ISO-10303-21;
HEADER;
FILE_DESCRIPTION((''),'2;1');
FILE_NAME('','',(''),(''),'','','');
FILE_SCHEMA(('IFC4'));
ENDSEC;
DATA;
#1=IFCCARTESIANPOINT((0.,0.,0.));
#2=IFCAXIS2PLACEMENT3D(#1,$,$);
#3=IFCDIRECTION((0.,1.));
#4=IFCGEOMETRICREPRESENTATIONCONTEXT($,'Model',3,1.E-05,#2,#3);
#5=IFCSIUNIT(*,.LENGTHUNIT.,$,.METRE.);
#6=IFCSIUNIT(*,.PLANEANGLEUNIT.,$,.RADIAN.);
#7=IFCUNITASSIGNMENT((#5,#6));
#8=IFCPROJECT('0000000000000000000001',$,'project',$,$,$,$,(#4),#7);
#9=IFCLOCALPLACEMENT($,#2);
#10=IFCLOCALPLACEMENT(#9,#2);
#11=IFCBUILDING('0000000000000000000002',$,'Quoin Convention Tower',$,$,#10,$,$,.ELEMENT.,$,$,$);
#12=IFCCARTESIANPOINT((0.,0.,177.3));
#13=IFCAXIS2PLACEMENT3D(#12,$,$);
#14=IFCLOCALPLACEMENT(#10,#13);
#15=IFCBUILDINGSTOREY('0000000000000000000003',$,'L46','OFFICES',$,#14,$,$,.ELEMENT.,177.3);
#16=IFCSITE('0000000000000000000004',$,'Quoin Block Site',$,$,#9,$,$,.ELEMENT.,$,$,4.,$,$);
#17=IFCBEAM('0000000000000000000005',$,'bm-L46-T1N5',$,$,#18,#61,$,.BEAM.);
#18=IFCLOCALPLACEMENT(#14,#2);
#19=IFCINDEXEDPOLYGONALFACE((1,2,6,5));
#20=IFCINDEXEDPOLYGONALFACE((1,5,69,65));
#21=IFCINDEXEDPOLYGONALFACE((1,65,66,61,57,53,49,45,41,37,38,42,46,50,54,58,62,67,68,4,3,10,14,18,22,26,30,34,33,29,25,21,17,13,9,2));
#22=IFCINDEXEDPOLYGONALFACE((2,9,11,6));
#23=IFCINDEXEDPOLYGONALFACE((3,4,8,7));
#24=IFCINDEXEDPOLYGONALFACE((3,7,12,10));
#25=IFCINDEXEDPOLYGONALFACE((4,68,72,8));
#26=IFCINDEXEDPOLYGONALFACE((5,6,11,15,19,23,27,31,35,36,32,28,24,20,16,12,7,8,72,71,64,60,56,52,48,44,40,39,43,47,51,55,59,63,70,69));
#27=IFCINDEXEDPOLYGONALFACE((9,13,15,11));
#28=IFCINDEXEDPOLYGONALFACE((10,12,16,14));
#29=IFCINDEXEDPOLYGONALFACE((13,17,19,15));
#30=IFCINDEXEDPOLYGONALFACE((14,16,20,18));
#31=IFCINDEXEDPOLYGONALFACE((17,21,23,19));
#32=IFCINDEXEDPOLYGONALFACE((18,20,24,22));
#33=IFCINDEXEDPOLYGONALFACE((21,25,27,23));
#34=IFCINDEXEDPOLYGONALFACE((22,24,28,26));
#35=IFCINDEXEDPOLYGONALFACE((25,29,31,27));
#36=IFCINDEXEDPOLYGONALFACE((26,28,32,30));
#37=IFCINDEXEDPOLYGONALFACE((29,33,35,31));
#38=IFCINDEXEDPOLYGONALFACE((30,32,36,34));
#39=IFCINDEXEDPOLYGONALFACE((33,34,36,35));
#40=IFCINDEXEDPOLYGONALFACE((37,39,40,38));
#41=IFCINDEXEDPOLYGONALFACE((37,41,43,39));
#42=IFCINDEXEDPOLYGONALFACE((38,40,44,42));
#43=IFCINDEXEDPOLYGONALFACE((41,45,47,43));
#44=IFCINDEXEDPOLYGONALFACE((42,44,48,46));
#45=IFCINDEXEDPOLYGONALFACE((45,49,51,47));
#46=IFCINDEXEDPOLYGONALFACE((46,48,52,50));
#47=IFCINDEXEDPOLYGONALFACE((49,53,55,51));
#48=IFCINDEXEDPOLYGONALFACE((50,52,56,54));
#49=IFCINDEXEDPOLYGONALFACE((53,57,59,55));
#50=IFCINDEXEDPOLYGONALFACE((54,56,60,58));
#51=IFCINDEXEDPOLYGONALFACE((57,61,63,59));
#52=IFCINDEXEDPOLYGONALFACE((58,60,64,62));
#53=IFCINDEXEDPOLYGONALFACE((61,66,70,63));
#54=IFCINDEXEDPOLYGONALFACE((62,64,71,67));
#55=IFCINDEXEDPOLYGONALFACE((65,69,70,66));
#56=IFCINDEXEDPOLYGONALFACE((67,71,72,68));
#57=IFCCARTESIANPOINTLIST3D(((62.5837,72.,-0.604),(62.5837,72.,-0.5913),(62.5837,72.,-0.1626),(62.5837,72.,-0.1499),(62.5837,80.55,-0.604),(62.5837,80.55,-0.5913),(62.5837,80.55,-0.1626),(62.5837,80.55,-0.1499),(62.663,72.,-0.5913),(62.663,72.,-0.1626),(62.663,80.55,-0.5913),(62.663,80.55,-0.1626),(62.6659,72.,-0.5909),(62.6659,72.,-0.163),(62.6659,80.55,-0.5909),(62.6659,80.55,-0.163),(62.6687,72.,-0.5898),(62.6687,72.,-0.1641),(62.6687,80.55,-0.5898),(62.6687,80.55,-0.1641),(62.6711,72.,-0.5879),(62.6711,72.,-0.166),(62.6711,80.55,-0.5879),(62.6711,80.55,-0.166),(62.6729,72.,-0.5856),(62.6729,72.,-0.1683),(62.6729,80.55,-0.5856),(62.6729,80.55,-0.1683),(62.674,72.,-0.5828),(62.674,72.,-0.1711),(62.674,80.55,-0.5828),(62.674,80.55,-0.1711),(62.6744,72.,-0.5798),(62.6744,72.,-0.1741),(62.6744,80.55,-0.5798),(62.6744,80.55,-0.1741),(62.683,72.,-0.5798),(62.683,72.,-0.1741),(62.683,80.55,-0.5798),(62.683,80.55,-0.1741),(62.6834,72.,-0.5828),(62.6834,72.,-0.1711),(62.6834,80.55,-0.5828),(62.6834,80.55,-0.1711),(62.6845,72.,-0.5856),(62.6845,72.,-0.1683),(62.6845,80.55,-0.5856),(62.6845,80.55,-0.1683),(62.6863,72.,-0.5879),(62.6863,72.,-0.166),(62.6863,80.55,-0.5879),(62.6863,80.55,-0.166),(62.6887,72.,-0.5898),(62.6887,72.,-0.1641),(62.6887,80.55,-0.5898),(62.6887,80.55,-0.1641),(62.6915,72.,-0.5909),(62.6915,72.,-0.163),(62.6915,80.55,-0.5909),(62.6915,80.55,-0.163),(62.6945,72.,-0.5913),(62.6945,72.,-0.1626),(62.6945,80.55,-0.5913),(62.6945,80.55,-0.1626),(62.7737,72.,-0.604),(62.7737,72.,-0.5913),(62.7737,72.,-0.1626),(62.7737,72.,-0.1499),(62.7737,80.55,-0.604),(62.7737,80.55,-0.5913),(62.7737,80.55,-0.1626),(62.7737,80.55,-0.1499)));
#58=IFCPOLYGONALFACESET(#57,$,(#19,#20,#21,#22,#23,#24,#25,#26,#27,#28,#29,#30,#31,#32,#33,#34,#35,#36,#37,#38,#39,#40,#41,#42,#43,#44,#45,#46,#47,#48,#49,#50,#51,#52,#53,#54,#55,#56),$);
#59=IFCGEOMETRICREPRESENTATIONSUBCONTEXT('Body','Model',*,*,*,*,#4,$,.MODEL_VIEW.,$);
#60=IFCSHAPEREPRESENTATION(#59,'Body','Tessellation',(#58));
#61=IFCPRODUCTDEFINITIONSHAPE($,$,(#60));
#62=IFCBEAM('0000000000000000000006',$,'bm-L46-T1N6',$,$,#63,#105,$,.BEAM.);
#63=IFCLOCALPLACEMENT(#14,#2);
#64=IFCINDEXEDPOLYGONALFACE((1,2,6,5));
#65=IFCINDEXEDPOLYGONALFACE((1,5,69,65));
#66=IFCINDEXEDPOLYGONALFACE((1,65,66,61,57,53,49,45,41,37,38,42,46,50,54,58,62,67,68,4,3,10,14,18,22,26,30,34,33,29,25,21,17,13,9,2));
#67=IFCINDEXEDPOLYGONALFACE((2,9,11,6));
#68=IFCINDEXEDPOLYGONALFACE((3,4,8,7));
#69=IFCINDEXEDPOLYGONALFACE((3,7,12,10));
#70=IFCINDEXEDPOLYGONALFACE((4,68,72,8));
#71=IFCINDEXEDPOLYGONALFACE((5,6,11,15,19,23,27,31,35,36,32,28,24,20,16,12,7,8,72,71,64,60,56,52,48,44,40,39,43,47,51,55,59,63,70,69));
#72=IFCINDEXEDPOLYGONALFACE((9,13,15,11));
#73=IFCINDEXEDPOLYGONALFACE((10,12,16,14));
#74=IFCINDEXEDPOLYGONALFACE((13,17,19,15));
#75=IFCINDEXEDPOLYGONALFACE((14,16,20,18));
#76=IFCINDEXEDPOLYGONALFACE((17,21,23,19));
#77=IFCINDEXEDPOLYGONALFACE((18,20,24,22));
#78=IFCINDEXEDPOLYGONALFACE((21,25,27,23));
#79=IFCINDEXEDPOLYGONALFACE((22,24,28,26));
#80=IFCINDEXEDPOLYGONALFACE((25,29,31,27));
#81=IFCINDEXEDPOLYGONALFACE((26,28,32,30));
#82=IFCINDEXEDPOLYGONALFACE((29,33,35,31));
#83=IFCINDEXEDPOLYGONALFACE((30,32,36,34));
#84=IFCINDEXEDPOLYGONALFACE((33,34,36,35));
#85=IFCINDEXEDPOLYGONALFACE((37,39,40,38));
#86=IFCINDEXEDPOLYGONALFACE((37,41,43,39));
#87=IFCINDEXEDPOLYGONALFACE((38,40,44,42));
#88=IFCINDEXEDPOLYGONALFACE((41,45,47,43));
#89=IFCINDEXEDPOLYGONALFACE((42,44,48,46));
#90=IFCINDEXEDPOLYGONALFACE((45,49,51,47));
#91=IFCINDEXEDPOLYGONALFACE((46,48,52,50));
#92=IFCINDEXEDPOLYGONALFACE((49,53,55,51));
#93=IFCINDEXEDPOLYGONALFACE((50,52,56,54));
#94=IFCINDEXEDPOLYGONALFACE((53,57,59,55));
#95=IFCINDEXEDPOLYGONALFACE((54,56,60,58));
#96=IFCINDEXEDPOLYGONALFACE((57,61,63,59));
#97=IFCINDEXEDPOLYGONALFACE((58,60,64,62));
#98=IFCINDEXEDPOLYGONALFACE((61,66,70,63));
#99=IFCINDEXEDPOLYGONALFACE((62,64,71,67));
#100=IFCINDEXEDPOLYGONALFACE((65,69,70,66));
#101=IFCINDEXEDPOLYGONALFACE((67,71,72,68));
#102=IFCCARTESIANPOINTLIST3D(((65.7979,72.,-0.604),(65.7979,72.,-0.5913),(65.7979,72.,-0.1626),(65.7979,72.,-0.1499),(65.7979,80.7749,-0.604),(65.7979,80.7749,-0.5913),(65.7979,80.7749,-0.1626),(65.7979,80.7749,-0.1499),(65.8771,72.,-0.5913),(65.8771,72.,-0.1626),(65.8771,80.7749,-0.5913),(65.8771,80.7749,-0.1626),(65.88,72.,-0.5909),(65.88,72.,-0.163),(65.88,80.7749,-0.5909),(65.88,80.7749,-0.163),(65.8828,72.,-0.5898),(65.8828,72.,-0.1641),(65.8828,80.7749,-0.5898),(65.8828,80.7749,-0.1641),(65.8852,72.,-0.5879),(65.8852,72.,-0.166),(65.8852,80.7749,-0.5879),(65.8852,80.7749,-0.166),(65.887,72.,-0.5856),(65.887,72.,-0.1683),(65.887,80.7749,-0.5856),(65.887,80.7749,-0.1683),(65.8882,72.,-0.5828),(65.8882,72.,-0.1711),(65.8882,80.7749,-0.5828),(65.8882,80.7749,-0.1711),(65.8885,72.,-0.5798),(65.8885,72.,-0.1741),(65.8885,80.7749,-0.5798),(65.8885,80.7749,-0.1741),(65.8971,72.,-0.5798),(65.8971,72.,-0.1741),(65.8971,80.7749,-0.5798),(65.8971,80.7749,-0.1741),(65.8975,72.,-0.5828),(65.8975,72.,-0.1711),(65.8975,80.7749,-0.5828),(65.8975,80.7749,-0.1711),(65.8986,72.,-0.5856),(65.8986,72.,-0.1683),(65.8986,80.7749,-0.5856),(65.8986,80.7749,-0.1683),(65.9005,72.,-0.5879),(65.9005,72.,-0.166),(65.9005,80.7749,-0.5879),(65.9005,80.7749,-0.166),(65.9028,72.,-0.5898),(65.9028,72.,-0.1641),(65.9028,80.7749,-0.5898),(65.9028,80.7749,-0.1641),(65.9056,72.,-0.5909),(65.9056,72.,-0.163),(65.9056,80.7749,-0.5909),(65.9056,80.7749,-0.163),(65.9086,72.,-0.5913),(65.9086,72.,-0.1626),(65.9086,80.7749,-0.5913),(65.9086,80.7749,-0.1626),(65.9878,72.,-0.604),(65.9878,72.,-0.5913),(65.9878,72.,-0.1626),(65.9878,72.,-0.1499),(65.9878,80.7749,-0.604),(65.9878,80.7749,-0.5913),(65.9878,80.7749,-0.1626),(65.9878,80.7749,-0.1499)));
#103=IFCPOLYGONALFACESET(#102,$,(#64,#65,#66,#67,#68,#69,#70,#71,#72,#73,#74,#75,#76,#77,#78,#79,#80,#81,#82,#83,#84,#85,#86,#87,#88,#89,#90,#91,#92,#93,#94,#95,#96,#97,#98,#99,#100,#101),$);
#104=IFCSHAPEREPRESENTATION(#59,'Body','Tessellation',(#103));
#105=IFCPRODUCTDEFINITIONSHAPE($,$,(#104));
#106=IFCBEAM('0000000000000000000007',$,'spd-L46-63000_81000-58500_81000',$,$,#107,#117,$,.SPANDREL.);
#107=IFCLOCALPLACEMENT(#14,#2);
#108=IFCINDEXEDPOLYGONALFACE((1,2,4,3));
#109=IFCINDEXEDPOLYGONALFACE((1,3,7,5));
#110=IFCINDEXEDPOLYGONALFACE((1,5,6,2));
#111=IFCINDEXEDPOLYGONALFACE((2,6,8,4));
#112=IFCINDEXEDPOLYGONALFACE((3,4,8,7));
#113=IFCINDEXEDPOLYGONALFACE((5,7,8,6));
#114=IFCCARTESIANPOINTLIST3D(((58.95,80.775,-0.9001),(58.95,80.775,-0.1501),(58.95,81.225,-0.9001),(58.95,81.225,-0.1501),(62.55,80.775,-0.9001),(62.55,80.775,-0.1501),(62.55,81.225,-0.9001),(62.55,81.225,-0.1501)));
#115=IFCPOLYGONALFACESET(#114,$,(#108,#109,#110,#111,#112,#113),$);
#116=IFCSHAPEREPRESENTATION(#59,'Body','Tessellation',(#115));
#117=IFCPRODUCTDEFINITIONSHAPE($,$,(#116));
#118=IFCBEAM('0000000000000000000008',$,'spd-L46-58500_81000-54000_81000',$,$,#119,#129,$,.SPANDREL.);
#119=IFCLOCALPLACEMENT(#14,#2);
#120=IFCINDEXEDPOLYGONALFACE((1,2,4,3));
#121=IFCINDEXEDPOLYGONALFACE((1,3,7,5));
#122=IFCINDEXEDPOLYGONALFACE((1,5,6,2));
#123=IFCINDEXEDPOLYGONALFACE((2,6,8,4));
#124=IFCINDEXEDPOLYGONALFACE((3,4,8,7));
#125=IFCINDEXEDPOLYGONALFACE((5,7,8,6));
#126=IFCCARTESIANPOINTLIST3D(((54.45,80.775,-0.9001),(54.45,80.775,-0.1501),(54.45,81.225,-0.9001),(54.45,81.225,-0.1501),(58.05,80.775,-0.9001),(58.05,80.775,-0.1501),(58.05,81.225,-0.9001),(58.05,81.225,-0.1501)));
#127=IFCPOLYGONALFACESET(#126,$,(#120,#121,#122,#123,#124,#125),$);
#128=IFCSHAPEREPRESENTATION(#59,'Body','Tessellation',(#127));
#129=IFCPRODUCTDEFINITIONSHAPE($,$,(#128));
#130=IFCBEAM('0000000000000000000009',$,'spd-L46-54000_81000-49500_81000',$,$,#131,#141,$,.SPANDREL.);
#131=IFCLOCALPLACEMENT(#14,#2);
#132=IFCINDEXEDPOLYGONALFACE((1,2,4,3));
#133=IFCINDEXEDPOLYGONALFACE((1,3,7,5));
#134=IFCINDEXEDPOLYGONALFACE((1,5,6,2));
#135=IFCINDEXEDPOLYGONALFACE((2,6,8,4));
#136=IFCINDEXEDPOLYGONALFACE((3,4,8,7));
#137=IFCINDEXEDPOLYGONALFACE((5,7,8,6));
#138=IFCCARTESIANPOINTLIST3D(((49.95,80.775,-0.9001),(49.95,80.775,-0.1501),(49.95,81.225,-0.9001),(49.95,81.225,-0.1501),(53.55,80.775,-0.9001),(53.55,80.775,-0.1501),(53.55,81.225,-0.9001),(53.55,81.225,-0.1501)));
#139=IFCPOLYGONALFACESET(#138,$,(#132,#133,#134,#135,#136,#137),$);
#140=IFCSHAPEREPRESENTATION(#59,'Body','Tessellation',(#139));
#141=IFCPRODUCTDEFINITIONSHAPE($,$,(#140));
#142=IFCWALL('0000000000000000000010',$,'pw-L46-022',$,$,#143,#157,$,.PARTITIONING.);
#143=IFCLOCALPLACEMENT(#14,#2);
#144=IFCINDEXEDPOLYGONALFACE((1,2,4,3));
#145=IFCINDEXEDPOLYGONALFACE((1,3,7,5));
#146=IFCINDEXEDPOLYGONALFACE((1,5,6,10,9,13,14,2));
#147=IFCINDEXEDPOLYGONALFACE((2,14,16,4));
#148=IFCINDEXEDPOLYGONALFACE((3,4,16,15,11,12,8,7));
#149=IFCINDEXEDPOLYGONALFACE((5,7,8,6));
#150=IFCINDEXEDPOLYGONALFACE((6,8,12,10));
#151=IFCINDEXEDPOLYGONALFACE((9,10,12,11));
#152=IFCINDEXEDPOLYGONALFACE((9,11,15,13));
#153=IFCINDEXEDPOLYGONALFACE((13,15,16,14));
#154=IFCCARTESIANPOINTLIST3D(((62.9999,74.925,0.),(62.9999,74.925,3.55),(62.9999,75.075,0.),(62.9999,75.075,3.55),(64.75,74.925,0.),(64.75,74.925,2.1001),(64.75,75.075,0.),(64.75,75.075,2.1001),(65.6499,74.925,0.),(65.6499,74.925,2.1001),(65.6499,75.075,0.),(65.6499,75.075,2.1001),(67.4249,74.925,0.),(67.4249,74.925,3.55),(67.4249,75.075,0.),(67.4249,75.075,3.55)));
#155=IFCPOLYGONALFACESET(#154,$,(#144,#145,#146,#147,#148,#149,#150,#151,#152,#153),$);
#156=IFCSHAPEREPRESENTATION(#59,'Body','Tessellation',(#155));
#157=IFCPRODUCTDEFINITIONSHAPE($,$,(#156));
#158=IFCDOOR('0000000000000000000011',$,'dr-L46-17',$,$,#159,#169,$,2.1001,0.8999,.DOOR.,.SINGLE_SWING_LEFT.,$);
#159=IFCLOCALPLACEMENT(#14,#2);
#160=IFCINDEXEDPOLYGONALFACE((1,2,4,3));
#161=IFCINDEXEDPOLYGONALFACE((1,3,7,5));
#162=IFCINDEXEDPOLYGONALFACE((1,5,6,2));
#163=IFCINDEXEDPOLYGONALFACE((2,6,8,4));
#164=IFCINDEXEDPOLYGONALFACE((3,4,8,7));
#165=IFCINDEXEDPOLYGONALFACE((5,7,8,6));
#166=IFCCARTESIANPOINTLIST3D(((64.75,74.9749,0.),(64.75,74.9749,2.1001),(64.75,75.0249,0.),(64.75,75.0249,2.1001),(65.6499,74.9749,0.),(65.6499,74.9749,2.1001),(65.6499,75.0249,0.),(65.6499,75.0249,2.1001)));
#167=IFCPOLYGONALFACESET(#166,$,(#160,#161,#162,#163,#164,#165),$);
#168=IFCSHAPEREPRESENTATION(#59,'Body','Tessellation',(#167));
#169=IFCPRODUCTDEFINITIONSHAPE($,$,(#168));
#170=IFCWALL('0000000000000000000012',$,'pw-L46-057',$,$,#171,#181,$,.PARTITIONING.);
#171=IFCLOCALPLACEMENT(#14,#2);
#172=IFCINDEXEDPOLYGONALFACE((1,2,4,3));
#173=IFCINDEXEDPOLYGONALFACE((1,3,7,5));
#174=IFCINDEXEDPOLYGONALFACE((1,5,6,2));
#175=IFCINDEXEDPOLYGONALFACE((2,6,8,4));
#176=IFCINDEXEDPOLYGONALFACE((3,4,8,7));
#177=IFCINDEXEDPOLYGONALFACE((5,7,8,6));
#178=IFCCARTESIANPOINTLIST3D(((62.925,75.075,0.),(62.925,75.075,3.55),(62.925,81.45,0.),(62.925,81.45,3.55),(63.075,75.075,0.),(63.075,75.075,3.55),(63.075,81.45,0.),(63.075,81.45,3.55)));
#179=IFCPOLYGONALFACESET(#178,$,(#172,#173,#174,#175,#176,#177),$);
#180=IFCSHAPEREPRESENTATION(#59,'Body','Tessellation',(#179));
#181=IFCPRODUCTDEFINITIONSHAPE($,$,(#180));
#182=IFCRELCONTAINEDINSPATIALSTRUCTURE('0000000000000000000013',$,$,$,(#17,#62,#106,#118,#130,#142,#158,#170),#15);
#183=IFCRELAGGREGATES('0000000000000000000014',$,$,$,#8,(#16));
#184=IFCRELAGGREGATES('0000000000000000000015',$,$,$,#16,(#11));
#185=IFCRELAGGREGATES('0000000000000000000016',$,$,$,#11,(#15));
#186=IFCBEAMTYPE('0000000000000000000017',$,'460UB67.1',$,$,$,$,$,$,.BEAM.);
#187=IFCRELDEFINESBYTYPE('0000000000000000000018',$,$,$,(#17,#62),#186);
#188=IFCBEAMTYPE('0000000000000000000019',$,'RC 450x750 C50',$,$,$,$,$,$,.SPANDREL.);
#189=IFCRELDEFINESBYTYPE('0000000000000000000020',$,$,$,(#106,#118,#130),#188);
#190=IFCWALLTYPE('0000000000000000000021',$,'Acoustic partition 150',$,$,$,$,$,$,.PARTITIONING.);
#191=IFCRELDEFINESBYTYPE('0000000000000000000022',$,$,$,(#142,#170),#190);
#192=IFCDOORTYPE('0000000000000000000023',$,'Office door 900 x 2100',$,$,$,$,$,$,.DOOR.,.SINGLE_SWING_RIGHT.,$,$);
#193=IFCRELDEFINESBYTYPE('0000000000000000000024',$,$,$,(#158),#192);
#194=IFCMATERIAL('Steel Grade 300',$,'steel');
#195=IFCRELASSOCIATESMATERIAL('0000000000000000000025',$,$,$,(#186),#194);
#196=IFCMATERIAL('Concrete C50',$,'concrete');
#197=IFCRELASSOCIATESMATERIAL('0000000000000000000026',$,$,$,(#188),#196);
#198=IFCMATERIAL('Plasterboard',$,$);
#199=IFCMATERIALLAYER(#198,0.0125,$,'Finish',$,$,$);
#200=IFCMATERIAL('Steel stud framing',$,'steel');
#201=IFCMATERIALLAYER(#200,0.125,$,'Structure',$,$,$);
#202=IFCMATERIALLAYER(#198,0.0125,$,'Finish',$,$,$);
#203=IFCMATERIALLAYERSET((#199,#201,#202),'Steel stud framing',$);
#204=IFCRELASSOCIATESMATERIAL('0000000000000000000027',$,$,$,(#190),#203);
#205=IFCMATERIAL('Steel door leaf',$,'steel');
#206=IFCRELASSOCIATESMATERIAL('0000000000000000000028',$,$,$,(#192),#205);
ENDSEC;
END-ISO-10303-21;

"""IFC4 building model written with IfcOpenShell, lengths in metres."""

from ifc_helpers import new_model, si_unit, direction, frame, frame_2d, origin, origin_2d, place, context, subcontext, project, spatial, rectangle, i_section, extrude, material, layer, layer_set, material_profile, profile_set, type_object, element, fill, save


model = new_model("IFC4")

# Units and contexts
model_context = context("Model", 3, precision=1e-05, world=origin(), true_north=direction((0.0, 1.0)))
body_context = subcontext(model_context, "Body", "Model", "MODEL_VIEW")
ifc_project = project(units=[si_unit("LENGTHUNIT", "METRE"), si_unit("PLANEANGLEUNIT", "RADIAN")], contexts=[model_context])

# Site, building, storey
site_placement = place(None, origin())
site = spatial("IfcSite", under=ifc_project, at=site_placement, Name="Quoin Block Site", CompositionType="ELEMENT", RefElevation=4.0)
building_placement = place(site_placement, origin())
building = spatial("IfcBuilding", under=site, at=building_placement, Name="Quoin Convention Tower", CompositionType="ELEMENT")
storey_placement = place(building_placement, frame((0.0, 0.0, 177.3)))
storey = spatial("IfcBuildingStorey", under=building, at=storey_placement, Name="L46", Description="OFFICES", CompositionType="ELEMENT", Elevation=177.3)

# Shared definitions
ifc_material_1 = material(Name="Concrete C50", Category="concrete")

# Beams
ifc_material_2 = material(Name="Steel Grade 300", Category="steel")
ifc_material_profile_1 = material_profile(ifc_material_2, i_section(OverallWidth=0.1899, OverallDepth=0.4541, WebThickness=0.0085, FlangeThickness=0.0127, FilletRadius=0.0115, at=origin_2d()), Name="460UB67.1")
ifc_profile_set_1 = profile_set([ifc_material_profile_1], Name="Steel Grade 300")
beam_type_1 = type_object("IfcBeamType", Name="460UB67.1", PredefinedType="BEAM", material=ifc_profile_set_1)
beam_1_placement = place(storey_placement, frame((62.6787, 72.0, -0.377), z_axis=(0.0, 1.0, 0.0), x_axis=(-1.0, 0.0, 0.0)))
element("IfcBeam", 1, at=beam_1_placement, inside=storey, type_object=beam_type_1, Name="bm-L46-T1N5", PredefinedType="BEAM", context=body_context, shape_type="SweptSolid", body=[
    extrude(i_section(OverallWidth=0.1899, OverallDepth=0.4541, WebThickness=0.0085, FlangeThickness=0.0127, FilletRadius=0.0115, at=origin_2d()), origin(), (0.0, 0.0, 1.0), 8.55),
])
beam_2_placement = place(storey_placement, frame((65.8928, 72.0, -0.377), z_axis=(0.0, 1.0, 0.0), x_axis=(-1.0, 0.0, 0.0)))
element("IfcBeam", 2, at=beam_2_placement, inside=storey, type_object=beam_type_1, Name="bm-L46-T1N6", PredefinedType="BEAM", context=body_context, shape_type="SweptSolid", body=[
    extrude(i_section(OverallWidth=0.1899, OverallDepth=0.4541, WebThickness=0.0085, FlangeThickness=0.0127, FilletRadius=0.0115, at=origin_2d()), origin(), (0.0, 0.0, 1.0), 8.7749),
])
ifc_material_profile_2 = material_profile(ifc_material_1, rectangle(XDim=0.45, YDim=0.75, at=origin_2d()), Name="RC 450x750")
ifc_profile_set_2 = profile_set([ifc_material_profile_2], Name="Concrete C50")
beam_type_2 = type_object("IfcBeamType", Name="RC 450x750 C50", PredefinedType="SPANDREL", material=ifc_profile_set_2)
for number, where, z_axis, x_axis, name in (
    (3, (62.55, 81.0, -0.5251), (-1.0, 0.0, 0.0), (0.0, -1.0, 0.0), "spd-L46-63000_81000-58500_81000"),
    (4, (58.05, 81.0, -0.5251), (-1.0, 0.0, 0.0), (0.0, -1.0, 0.0), "spd-L46-58500_81000-54000_81000"),
    (5, (53.55, 81.0, -0.5251), (-1.0, 0.0, 0.0), (0.0, -1.0, 0.0), "spd-L46-54000_81000-49500_81000"),
):
    element("IfcBeam", number, at=place(storey_placement, frame(where, z_axis=z_axis, x_axis=x_axis)), inside=storey, type_object=beam_type_2, Name=name, PredefinedType="SPANDREL", context=body_context, shape_type="SweptSolid", body=[
        extrude(rectangle(XDim=0.45, YDim=0.75, at=origin_2d()), origin(), (0.0, 0.0, 1.0), 3.6001),
    ])

# Wall, opening, door
ifc_material_3 = material(Name="Plasterboard")
ifc_layer_1 = layer(ifc_material_3, 0.0125, Name="Finish")
ifc_material_4 = material(Name="Steel stud framing", Category="steel")
ifc_layer_2 = layer(ifc_material_4, 0.125, Name="Structure")
ifc_layer_3 = layer(ifc_material_3, 0.0125, Name="Finish")
ifc_layer_set_1 = layer_set([ifc_layer_1, ifc_layer_2, ifc_layer_3], Name="Steel stud framing")
wall_type_1 = type_object("IfcWallType", Name="Acoustic partition 150", PredefinedType="PARTITIONING", material=ifc_layer_set_1)
wall_1_placement = place(storey_placement, frame((63.0, 75.0, 0.0), z_axis=(0.0, 0.0, 1.0), x_axis=(1.0, 0.0, 0.0)))
wall_1 = element("IfcWall", 6, at=wall_1_placement, inside=storey, type_object=wall_type_1, Name="pw-L46-022", PredefinedType="PARTITIONING", context=body_context, shape_type="SweptSolid", body=[
    extrude(rectangle(XDim=4.425, YDim=0.1499, at=frame_2d((2.2124, 0.0))), origin(), (0.0, 0.0, 1.0), 3.55),
])
opening_placement = place(wall_1_placement, frame((1.75, 0.0, 0.0)))
opening = element("IfcOpeningElement", 7, at=opening_placement, cuts=wall_1, PredefinedType="OPENING", context=body_context, shape_type="SweptSolid", body=[
    extrude(rectangle(XDim=0.8999, YDim=2.1001, at=frame_2d((0.45, 1.05))), frame((0.0, 0.085, 0.0), z_axis=(0.0, -1.0, 0.0), x_axis=(1.0, 0.0, 0.0)), (0.0, 0.0, 1.0), 0.1699),
])
ifc_material_5 = material(Name="Steel door leaf", Category="steel")
door_type = type_object("IfcDoorType", Name="Office door 900 x 2100", OperationType="SINGLE_SWING_RIGHT", PredefinedType="DOOR", material=ifc_material_5)
door_placement = place(opening_placement, origin())
door = element("IfcDoor", 8, at=door_placement, inside=storey, type_object=door_type, Name="dr-L46-17", OperationType="SINGLE_SWING_LEFT", OverallHeight=2.1001, OverallWidth=0.8999, PredefinedType="DOOR", context=body_context, shape_type="SweptSolid", body=[
    extrude(rectangle(XDim=0.8999, YDim=2.1001, at=frame_2d((0.45, 1.05))), frame((0.0, 0.0249, 0.0), z_axis=(0.0, -1.0, 0.0), x_axis=(1.0, 0.0, 0.0)), (0.0, 0.0, 1.0), 0.05),
])
fill(opening, door)

# Wall
wall_2_placement = place(storey_placement, frame((63.0, 75.075, 0.0), z_axis=(0.0, 0.0, 1.0), x_axis=(0.0, 1.0, 0.0)))
element("IfcWall", 9, at=wall_2_placement, inside=storey, type_object=wall_type_1, Name="pw-L46-057", PredefinedType="PARTITIONING", context=body_context, shape_type="SweptSolid", body=[
    extrude(rectangle(XDim=6.375, YDim=0.1499, at=frame_2d((3.1875, 0.0))), origin(), (0.0, 0.0, 1.0), 3.55),
])

save(model, "model.ifc")
